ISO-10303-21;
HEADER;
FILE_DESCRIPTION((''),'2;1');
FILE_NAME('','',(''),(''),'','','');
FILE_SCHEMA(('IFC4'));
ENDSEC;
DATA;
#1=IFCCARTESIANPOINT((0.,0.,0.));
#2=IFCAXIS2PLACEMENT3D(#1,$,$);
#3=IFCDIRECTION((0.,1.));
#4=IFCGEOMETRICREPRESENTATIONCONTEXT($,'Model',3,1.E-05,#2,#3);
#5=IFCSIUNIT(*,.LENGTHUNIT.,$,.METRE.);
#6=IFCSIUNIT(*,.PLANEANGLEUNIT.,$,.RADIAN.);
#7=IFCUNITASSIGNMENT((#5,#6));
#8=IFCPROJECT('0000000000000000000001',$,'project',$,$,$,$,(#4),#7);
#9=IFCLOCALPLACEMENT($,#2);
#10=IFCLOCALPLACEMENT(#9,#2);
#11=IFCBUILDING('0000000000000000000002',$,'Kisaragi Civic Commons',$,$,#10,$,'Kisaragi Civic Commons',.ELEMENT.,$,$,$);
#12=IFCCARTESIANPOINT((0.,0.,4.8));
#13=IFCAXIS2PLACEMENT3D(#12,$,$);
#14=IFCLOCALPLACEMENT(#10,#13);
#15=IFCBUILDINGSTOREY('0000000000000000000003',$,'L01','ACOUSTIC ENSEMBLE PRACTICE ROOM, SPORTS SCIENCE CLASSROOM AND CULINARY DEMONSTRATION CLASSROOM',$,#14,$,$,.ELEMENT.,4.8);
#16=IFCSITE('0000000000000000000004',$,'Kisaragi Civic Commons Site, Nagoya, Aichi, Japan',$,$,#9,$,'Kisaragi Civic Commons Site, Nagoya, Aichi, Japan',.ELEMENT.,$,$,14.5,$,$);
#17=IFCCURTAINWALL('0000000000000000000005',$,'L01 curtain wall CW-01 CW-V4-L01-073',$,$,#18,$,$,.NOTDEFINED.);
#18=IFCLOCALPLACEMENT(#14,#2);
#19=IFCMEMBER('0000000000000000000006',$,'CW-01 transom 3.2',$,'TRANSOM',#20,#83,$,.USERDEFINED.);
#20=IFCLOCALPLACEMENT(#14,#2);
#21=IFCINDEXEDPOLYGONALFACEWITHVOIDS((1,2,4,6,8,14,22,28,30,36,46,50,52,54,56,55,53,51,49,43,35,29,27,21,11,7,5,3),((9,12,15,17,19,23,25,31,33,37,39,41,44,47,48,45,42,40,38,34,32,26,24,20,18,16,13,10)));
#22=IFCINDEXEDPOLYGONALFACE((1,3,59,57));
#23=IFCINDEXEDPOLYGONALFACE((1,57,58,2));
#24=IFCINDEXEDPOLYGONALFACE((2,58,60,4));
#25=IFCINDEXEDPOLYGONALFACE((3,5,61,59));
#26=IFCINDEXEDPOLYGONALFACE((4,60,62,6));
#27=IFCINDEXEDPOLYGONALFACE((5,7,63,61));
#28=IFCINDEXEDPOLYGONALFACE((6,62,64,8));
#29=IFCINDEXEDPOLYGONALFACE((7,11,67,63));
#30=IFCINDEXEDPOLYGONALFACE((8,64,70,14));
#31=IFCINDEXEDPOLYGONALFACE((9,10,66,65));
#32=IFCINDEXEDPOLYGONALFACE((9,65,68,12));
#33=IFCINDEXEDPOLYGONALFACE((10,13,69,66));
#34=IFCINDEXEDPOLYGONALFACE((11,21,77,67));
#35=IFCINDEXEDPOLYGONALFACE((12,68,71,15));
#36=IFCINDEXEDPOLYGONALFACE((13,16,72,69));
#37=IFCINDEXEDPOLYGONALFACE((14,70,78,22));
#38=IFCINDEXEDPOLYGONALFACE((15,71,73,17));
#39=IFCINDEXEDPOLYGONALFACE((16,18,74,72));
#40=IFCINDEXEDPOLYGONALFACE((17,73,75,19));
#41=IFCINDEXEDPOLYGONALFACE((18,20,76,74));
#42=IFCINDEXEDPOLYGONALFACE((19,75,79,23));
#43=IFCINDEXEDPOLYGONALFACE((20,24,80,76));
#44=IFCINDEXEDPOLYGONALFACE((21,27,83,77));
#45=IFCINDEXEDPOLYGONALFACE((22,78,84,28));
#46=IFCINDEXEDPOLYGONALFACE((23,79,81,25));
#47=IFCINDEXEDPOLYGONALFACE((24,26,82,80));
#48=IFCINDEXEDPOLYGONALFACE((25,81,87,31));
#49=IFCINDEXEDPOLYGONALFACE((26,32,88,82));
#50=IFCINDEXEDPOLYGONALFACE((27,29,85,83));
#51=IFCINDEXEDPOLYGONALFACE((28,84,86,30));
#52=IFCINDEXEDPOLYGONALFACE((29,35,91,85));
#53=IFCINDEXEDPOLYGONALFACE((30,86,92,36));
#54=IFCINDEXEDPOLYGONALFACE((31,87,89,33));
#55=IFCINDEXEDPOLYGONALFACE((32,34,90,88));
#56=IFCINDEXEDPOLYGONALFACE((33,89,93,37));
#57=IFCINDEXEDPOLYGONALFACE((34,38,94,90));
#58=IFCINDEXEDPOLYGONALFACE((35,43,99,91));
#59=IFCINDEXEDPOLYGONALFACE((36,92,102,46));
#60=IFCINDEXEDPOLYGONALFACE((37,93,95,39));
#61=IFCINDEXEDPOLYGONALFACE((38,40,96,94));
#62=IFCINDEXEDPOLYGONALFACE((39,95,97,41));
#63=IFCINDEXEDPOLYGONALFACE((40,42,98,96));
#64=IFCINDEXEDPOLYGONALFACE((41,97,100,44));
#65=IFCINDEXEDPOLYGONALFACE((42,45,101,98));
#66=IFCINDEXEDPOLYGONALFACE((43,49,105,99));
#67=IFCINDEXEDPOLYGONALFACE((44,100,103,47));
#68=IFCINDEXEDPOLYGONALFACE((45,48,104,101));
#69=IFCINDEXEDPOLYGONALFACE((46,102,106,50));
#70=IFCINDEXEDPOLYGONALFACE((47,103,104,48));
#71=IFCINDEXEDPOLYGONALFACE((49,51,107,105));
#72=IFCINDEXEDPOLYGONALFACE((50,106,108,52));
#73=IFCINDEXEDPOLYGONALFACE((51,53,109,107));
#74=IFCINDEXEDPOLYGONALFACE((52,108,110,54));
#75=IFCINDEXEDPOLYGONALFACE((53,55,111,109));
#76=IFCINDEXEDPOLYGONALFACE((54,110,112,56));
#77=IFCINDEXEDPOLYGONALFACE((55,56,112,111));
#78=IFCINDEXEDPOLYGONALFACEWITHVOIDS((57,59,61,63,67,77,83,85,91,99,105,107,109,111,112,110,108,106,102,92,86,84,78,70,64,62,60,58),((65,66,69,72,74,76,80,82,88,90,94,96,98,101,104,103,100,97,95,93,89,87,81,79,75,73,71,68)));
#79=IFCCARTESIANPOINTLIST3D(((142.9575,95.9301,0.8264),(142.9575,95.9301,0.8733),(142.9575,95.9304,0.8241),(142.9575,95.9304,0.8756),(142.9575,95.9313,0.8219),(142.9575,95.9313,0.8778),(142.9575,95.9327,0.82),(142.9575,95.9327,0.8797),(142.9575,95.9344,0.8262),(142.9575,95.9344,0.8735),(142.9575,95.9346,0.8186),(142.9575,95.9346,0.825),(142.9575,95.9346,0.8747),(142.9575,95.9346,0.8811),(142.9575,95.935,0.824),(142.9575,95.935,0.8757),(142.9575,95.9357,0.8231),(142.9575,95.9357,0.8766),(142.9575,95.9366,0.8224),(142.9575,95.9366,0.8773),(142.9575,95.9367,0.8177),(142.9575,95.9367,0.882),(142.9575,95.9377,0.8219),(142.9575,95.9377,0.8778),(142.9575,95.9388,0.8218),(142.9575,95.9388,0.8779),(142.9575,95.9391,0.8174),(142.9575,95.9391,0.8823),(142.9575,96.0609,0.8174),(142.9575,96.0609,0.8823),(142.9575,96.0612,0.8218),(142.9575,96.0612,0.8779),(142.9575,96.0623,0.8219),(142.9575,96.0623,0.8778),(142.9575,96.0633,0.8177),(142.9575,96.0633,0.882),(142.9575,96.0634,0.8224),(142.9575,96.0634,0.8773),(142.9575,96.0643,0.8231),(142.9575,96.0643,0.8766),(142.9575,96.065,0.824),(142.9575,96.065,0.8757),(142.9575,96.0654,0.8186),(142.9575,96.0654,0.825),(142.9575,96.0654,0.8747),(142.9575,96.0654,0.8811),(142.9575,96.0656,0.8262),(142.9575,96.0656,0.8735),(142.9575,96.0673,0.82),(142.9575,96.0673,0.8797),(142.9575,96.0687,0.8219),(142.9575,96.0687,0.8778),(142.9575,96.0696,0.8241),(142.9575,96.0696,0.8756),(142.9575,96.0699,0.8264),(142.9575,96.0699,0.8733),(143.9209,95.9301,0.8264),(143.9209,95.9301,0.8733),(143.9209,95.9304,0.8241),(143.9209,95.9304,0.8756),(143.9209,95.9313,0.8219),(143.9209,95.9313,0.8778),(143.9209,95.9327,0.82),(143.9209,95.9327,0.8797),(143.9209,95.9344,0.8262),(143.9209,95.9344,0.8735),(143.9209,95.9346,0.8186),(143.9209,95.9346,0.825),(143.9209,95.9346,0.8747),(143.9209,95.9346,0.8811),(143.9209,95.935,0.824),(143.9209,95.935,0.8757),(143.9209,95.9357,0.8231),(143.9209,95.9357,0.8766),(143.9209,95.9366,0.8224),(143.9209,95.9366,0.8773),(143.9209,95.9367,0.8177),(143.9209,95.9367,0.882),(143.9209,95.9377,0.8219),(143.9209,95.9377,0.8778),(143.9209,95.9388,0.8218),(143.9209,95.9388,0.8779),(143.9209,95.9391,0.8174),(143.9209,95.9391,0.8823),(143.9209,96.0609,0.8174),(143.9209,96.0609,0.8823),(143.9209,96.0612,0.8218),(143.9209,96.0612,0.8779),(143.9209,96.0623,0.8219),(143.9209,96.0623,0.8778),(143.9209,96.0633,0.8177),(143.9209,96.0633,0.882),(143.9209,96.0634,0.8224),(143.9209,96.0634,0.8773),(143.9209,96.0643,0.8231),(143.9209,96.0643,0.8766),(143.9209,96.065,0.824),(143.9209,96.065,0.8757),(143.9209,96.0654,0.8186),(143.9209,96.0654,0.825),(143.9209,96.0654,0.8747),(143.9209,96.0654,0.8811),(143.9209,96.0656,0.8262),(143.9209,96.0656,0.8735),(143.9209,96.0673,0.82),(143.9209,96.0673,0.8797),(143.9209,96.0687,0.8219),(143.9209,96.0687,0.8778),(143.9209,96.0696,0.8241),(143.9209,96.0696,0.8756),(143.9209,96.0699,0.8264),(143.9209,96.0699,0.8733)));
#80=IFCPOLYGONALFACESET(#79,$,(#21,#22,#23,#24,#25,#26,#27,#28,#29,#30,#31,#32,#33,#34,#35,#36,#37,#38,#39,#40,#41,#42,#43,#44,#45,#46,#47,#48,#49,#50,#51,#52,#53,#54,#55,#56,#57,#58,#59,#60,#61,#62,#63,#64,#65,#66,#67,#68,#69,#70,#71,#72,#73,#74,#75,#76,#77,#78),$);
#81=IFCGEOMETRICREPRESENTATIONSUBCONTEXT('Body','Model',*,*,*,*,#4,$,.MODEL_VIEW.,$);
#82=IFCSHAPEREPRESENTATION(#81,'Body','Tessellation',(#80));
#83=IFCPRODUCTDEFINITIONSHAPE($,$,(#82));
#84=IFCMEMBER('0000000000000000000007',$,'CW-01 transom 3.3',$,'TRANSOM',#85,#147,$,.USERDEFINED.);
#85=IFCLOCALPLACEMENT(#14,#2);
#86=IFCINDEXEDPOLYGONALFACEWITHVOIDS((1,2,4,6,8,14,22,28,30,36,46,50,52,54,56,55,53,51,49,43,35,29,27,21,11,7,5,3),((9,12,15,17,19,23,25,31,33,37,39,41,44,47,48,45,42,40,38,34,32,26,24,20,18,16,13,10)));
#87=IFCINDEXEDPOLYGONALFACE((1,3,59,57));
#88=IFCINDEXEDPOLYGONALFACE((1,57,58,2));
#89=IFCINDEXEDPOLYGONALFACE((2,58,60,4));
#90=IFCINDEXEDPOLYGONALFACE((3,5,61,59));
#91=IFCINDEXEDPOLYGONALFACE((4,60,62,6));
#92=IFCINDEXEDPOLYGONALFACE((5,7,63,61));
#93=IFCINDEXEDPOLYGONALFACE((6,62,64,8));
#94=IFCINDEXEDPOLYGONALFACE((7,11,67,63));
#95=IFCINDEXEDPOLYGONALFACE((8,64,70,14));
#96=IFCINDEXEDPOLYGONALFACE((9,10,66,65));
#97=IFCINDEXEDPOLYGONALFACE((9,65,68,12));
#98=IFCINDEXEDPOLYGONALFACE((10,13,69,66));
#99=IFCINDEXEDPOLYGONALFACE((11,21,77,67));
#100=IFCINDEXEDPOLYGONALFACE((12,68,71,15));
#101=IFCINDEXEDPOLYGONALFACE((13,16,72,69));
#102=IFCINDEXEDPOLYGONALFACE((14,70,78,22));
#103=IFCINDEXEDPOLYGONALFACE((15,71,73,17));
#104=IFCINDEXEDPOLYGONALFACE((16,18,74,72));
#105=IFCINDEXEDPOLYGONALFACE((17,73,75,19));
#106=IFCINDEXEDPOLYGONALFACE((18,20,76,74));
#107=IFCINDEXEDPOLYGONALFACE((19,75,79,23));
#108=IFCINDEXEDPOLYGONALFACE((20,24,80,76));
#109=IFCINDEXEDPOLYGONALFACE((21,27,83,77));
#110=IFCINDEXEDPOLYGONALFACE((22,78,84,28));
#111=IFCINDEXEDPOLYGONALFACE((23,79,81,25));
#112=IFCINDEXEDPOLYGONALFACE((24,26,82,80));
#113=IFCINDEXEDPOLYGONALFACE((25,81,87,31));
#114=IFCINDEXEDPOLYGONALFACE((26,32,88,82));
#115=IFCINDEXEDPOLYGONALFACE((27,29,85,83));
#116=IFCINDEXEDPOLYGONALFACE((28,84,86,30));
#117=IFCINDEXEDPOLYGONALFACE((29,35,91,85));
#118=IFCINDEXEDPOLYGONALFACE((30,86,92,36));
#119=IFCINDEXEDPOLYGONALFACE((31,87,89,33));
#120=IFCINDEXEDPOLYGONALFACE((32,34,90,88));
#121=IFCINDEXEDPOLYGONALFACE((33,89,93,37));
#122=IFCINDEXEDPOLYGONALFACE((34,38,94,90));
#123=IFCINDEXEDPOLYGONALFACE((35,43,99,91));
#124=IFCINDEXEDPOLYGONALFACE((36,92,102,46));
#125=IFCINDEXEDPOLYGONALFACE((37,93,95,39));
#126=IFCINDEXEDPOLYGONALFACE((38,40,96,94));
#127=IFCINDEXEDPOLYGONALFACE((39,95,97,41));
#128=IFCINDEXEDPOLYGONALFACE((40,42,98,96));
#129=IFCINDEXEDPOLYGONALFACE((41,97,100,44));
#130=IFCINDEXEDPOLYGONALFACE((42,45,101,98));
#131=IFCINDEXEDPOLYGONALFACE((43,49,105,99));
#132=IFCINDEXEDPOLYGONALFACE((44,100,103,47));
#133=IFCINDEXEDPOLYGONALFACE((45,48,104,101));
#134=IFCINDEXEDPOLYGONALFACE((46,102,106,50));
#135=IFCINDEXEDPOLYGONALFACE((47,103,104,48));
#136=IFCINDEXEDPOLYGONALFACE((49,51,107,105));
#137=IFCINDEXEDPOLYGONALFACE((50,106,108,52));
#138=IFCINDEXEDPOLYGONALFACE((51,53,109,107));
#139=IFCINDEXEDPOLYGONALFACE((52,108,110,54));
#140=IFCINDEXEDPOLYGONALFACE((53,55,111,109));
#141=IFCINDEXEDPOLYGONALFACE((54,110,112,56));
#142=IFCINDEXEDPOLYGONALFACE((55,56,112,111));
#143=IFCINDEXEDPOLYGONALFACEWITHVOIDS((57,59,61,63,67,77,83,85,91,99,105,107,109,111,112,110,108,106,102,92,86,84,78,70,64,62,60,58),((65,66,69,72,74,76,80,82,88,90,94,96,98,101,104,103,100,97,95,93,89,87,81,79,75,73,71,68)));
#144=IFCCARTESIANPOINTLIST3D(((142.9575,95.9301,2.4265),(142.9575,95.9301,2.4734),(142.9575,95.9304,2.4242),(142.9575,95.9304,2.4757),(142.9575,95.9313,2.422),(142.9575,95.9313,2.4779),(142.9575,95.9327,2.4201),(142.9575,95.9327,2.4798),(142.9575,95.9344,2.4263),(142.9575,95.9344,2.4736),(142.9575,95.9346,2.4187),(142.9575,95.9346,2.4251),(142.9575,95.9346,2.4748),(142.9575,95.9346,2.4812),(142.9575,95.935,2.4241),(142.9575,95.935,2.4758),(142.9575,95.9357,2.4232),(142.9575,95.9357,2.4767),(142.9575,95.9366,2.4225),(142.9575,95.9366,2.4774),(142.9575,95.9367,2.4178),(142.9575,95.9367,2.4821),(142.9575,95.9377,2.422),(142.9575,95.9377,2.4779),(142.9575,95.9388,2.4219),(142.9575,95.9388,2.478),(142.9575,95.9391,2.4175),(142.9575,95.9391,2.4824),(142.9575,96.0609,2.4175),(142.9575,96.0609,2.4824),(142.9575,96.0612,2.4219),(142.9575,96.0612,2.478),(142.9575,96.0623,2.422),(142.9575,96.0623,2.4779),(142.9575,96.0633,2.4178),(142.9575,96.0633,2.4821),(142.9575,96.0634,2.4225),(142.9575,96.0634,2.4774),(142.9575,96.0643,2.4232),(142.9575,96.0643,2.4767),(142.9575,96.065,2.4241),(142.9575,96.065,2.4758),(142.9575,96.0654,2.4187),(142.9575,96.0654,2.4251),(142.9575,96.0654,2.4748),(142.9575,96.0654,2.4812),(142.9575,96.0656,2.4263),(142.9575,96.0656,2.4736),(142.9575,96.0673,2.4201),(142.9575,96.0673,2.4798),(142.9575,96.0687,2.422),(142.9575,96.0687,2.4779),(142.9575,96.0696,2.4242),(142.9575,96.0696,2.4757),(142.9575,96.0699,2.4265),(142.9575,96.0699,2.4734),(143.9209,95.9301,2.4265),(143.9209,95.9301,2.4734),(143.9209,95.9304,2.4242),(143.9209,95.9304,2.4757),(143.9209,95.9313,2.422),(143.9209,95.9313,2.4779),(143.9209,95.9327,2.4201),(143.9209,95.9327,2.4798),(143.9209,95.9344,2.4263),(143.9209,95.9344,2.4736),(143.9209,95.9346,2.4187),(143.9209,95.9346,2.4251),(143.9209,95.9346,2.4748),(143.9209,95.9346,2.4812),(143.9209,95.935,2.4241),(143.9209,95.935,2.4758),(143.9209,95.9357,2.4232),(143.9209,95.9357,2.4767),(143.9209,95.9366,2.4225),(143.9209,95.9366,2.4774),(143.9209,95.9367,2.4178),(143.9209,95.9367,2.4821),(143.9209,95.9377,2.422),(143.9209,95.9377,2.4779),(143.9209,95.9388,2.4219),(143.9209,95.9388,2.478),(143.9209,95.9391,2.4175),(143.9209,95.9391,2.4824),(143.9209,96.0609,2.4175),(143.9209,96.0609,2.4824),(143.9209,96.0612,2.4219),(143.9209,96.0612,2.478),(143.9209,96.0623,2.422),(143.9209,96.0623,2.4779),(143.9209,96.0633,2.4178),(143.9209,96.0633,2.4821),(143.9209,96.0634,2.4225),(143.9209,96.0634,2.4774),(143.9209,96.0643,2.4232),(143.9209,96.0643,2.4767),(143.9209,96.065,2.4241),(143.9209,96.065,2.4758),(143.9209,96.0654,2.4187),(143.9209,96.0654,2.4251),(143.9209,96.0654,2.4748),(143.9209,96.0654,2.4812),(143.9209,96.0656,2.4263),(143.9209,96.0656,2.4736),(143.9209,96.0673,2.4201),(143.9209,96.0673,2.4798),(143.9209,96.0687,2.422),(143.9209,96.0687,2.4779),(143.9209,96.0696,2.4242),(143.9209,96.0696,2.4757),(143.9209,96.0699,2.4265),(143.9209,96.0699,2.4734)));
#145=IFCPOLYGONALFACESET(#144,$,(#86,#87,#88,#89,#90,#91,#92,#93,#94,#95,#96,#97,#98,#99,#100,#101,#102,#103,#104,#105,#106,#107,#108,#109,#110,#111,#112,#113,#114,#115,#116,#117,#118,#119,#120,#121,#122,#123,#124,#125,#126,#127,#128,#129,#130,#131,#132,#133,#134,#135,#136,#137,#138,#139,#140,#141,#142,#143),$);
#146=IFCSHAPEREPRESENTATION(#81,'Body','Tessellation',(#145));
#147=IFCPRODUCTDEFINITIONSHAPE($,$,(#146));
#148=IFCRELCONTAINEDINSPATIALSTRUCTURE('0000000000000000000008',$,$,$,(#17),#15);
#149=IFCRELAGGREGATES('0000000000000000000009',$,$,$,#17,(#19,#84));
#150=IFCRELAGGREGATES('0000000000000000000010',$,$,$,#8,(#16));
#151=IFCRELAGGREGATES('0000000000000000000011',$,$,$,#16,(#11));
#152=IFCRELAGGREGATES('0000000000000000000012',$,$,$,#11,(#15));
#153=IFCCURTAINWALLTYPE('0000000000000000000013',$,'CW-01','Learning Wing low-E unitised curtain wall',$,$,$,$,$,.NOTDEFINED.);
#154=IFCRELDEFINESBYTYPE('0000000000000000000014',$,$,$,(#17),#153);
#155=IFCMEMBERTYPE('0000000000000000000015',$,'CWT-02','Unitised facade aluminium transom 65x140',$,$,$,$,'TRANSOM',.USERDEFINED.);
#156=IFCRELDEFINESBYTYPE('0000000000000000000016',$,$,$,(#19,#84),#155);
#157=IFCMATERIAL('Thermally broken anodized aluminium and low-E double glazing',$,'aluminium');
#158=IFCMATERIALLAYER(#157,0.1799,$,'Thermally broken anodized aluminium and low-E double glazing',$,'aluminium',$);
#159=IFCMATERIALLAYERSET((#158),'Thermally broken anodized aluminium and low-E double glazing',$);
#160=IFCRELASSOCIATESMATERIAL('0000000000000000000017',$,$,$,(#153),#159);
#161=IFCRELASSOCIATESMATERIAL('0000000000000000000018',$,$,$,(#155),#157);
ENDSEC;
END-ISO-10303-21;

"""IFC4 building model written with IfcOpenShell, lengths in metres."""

from ifc_helpers import new_model, si_unit, direction, frame, origin, origin_2d, place, context, subcontext, project, spatial, hollow_rectangle, extrude, material, layer, layer_set, material_profile, profile_set, type_object, element, aggregate, save


model = new_model("IFC4")

# Units and contexts
model_context = context("Model", 3, precision=1e-05, world=origin(), true_north=direction((0.0, 1.0)))
body_context = subcontext(model_context, "Body", "Model", "MODEL_VIEW")
ifc_project = project(units=[si_unit("LENGTHUNIT", "METRE"), si_unit("PLANEANGLEUNIT", "RADIAN")], contexts=[model_context])

# Site, building, storey
site_placement = place(None, origin())
site = spatial("IfcSite", under=ifc_project, at=site_placement, Name="Kisaragi Civic Commons Site, Nagoya, Aichi, Japan", LongName="Kisaragi Civic Commons Site, Nagoya, Aichi, Japan", CompositionType="ELEMENT", RefElevation=14.5)
building_placement = place(site_placement, origin())
building = spatial("IfcBuilding", under=site, at=building_placement, Name="Kisaragi Civic Commons", LongName="Kisaragi Civic Commons", CompositionType="ELEMENT")
storey_placement = place(building_placement, frame((0.0, 0.0, 4.8)))
storey = spatial("IfcBuildingStorey", under=building, at=storey_placement, Name="L01", Description="ACOUSTIC ENSEMBLE PRACTICE ROOM, SPORTS SCIENCE CLASSROOM AND CULINARY DEMONSTRATION CLASSROOM", CompositionType="ELEMENT", Elevation=4.8)

# Curtain wall, members
ifc_material = material(Name="Thermally broken anodized aluminium and low-E double glazing", Category="aluminium")
ifc_layer_1 = layer(ifc_material, 0.1799, Name="Thermally broken anodized aluminium and low-E double glazing", Category="aluminium")
ifc_layer_set_1 = layer_set([ifc_layer_1], Name="Thermally broken anodized aluminium and low-E double glazing")
curtain_wall_type = type_object("IfcCurtainWallType", Name="CW-01", Description="Learning Wing low-E unitised curtain wall", PredefinedType="NOTDEFINED", material=ifc_layer_set_1)
curtain_wall_placement = place(storey_placement, origin())
curtain_wall = element("IfcCurtainWall", 1, at=curtain_wall_placement, inside=storey, type_object=curtain_wall_type, Name="L01 curtain wall CW-01 CW-V4-L01-073", PredefinedType="NOTDEFINED")
ifc_material_profile_1 = material_profile(ifc_material, hollow_rectangle(XDim=0.1399, YDim=0.0649, WallThickness=0.0044, InnerFilletRadius=0.0044, OuterFilletRadius=0.009, at=origin_2d()), Name="CWT-65x140x4.5", Category="aluminium")
ifc_profile_set_1 = profile_set([ifc_material_profile_1], Name="Thermally broken anodized aluminium and low-E double glazing")
member_type_1 = type_object("IfcMemberType", Name="CWT-02", Description="Unitised facade aluminium transom 65x140", ElementType="TRANSOM", PredefinedType="USERDEFINED", material=ifc_profile_set_1)
member_1_placement = place(storey_placement, frame((143.9209, 96.0, 0.8499), z_axis=(-1.0, 0.0, 0.0), x_axis=(0.0, -1.0, 0.0)))
member_1 = element("IfcMember", 2, at=member_1_placement, type_object=member_type_1, Name="CW-01 transom 3.2", ObjectType="TRANSOM", PredefinedType="USERDEFINED", context=body_context, shape_type="SweptSolid", body=[
    extrude(hollow_rectangle(XDim=0.1399, YDim=0.0649, WallThickness=0.0044, InnerFilletRadius=0.0044, OuterFilletRadius=0.009, at=origin_2d()), origin(), (0.0, 0.0, 1.0), 0.9634),
])
member_2_placement = place(storey_placement, frame((143.9209, 96.0, 2.45), z_axis=(-1.0, 0.0, 0.0), x_axis=(0.0, -1.0, 0.0)))
member_2 = element("IfcMember", 3, at=member_2_placement, type_object=member_type_1, Name="CW-01 transom 3.3", ObjectType="TRANSOM", PredefinedType="USERDEFINED", context=body_context, shape_type="SweptSolid", body=[
    extrude(hollow_rectangle(XDim=0.1399, YDim=0.0649, WallThickness=0.0044, InnerFilletRadius=0.0044, OuterFilletRadius=0.009, at=origin_2d()), origin(), (0.0, 0.0, 1.0), 0.9634),
])
aggregate(curtain_wall, [member_1, member_2])

save(model, "model.ifc")
